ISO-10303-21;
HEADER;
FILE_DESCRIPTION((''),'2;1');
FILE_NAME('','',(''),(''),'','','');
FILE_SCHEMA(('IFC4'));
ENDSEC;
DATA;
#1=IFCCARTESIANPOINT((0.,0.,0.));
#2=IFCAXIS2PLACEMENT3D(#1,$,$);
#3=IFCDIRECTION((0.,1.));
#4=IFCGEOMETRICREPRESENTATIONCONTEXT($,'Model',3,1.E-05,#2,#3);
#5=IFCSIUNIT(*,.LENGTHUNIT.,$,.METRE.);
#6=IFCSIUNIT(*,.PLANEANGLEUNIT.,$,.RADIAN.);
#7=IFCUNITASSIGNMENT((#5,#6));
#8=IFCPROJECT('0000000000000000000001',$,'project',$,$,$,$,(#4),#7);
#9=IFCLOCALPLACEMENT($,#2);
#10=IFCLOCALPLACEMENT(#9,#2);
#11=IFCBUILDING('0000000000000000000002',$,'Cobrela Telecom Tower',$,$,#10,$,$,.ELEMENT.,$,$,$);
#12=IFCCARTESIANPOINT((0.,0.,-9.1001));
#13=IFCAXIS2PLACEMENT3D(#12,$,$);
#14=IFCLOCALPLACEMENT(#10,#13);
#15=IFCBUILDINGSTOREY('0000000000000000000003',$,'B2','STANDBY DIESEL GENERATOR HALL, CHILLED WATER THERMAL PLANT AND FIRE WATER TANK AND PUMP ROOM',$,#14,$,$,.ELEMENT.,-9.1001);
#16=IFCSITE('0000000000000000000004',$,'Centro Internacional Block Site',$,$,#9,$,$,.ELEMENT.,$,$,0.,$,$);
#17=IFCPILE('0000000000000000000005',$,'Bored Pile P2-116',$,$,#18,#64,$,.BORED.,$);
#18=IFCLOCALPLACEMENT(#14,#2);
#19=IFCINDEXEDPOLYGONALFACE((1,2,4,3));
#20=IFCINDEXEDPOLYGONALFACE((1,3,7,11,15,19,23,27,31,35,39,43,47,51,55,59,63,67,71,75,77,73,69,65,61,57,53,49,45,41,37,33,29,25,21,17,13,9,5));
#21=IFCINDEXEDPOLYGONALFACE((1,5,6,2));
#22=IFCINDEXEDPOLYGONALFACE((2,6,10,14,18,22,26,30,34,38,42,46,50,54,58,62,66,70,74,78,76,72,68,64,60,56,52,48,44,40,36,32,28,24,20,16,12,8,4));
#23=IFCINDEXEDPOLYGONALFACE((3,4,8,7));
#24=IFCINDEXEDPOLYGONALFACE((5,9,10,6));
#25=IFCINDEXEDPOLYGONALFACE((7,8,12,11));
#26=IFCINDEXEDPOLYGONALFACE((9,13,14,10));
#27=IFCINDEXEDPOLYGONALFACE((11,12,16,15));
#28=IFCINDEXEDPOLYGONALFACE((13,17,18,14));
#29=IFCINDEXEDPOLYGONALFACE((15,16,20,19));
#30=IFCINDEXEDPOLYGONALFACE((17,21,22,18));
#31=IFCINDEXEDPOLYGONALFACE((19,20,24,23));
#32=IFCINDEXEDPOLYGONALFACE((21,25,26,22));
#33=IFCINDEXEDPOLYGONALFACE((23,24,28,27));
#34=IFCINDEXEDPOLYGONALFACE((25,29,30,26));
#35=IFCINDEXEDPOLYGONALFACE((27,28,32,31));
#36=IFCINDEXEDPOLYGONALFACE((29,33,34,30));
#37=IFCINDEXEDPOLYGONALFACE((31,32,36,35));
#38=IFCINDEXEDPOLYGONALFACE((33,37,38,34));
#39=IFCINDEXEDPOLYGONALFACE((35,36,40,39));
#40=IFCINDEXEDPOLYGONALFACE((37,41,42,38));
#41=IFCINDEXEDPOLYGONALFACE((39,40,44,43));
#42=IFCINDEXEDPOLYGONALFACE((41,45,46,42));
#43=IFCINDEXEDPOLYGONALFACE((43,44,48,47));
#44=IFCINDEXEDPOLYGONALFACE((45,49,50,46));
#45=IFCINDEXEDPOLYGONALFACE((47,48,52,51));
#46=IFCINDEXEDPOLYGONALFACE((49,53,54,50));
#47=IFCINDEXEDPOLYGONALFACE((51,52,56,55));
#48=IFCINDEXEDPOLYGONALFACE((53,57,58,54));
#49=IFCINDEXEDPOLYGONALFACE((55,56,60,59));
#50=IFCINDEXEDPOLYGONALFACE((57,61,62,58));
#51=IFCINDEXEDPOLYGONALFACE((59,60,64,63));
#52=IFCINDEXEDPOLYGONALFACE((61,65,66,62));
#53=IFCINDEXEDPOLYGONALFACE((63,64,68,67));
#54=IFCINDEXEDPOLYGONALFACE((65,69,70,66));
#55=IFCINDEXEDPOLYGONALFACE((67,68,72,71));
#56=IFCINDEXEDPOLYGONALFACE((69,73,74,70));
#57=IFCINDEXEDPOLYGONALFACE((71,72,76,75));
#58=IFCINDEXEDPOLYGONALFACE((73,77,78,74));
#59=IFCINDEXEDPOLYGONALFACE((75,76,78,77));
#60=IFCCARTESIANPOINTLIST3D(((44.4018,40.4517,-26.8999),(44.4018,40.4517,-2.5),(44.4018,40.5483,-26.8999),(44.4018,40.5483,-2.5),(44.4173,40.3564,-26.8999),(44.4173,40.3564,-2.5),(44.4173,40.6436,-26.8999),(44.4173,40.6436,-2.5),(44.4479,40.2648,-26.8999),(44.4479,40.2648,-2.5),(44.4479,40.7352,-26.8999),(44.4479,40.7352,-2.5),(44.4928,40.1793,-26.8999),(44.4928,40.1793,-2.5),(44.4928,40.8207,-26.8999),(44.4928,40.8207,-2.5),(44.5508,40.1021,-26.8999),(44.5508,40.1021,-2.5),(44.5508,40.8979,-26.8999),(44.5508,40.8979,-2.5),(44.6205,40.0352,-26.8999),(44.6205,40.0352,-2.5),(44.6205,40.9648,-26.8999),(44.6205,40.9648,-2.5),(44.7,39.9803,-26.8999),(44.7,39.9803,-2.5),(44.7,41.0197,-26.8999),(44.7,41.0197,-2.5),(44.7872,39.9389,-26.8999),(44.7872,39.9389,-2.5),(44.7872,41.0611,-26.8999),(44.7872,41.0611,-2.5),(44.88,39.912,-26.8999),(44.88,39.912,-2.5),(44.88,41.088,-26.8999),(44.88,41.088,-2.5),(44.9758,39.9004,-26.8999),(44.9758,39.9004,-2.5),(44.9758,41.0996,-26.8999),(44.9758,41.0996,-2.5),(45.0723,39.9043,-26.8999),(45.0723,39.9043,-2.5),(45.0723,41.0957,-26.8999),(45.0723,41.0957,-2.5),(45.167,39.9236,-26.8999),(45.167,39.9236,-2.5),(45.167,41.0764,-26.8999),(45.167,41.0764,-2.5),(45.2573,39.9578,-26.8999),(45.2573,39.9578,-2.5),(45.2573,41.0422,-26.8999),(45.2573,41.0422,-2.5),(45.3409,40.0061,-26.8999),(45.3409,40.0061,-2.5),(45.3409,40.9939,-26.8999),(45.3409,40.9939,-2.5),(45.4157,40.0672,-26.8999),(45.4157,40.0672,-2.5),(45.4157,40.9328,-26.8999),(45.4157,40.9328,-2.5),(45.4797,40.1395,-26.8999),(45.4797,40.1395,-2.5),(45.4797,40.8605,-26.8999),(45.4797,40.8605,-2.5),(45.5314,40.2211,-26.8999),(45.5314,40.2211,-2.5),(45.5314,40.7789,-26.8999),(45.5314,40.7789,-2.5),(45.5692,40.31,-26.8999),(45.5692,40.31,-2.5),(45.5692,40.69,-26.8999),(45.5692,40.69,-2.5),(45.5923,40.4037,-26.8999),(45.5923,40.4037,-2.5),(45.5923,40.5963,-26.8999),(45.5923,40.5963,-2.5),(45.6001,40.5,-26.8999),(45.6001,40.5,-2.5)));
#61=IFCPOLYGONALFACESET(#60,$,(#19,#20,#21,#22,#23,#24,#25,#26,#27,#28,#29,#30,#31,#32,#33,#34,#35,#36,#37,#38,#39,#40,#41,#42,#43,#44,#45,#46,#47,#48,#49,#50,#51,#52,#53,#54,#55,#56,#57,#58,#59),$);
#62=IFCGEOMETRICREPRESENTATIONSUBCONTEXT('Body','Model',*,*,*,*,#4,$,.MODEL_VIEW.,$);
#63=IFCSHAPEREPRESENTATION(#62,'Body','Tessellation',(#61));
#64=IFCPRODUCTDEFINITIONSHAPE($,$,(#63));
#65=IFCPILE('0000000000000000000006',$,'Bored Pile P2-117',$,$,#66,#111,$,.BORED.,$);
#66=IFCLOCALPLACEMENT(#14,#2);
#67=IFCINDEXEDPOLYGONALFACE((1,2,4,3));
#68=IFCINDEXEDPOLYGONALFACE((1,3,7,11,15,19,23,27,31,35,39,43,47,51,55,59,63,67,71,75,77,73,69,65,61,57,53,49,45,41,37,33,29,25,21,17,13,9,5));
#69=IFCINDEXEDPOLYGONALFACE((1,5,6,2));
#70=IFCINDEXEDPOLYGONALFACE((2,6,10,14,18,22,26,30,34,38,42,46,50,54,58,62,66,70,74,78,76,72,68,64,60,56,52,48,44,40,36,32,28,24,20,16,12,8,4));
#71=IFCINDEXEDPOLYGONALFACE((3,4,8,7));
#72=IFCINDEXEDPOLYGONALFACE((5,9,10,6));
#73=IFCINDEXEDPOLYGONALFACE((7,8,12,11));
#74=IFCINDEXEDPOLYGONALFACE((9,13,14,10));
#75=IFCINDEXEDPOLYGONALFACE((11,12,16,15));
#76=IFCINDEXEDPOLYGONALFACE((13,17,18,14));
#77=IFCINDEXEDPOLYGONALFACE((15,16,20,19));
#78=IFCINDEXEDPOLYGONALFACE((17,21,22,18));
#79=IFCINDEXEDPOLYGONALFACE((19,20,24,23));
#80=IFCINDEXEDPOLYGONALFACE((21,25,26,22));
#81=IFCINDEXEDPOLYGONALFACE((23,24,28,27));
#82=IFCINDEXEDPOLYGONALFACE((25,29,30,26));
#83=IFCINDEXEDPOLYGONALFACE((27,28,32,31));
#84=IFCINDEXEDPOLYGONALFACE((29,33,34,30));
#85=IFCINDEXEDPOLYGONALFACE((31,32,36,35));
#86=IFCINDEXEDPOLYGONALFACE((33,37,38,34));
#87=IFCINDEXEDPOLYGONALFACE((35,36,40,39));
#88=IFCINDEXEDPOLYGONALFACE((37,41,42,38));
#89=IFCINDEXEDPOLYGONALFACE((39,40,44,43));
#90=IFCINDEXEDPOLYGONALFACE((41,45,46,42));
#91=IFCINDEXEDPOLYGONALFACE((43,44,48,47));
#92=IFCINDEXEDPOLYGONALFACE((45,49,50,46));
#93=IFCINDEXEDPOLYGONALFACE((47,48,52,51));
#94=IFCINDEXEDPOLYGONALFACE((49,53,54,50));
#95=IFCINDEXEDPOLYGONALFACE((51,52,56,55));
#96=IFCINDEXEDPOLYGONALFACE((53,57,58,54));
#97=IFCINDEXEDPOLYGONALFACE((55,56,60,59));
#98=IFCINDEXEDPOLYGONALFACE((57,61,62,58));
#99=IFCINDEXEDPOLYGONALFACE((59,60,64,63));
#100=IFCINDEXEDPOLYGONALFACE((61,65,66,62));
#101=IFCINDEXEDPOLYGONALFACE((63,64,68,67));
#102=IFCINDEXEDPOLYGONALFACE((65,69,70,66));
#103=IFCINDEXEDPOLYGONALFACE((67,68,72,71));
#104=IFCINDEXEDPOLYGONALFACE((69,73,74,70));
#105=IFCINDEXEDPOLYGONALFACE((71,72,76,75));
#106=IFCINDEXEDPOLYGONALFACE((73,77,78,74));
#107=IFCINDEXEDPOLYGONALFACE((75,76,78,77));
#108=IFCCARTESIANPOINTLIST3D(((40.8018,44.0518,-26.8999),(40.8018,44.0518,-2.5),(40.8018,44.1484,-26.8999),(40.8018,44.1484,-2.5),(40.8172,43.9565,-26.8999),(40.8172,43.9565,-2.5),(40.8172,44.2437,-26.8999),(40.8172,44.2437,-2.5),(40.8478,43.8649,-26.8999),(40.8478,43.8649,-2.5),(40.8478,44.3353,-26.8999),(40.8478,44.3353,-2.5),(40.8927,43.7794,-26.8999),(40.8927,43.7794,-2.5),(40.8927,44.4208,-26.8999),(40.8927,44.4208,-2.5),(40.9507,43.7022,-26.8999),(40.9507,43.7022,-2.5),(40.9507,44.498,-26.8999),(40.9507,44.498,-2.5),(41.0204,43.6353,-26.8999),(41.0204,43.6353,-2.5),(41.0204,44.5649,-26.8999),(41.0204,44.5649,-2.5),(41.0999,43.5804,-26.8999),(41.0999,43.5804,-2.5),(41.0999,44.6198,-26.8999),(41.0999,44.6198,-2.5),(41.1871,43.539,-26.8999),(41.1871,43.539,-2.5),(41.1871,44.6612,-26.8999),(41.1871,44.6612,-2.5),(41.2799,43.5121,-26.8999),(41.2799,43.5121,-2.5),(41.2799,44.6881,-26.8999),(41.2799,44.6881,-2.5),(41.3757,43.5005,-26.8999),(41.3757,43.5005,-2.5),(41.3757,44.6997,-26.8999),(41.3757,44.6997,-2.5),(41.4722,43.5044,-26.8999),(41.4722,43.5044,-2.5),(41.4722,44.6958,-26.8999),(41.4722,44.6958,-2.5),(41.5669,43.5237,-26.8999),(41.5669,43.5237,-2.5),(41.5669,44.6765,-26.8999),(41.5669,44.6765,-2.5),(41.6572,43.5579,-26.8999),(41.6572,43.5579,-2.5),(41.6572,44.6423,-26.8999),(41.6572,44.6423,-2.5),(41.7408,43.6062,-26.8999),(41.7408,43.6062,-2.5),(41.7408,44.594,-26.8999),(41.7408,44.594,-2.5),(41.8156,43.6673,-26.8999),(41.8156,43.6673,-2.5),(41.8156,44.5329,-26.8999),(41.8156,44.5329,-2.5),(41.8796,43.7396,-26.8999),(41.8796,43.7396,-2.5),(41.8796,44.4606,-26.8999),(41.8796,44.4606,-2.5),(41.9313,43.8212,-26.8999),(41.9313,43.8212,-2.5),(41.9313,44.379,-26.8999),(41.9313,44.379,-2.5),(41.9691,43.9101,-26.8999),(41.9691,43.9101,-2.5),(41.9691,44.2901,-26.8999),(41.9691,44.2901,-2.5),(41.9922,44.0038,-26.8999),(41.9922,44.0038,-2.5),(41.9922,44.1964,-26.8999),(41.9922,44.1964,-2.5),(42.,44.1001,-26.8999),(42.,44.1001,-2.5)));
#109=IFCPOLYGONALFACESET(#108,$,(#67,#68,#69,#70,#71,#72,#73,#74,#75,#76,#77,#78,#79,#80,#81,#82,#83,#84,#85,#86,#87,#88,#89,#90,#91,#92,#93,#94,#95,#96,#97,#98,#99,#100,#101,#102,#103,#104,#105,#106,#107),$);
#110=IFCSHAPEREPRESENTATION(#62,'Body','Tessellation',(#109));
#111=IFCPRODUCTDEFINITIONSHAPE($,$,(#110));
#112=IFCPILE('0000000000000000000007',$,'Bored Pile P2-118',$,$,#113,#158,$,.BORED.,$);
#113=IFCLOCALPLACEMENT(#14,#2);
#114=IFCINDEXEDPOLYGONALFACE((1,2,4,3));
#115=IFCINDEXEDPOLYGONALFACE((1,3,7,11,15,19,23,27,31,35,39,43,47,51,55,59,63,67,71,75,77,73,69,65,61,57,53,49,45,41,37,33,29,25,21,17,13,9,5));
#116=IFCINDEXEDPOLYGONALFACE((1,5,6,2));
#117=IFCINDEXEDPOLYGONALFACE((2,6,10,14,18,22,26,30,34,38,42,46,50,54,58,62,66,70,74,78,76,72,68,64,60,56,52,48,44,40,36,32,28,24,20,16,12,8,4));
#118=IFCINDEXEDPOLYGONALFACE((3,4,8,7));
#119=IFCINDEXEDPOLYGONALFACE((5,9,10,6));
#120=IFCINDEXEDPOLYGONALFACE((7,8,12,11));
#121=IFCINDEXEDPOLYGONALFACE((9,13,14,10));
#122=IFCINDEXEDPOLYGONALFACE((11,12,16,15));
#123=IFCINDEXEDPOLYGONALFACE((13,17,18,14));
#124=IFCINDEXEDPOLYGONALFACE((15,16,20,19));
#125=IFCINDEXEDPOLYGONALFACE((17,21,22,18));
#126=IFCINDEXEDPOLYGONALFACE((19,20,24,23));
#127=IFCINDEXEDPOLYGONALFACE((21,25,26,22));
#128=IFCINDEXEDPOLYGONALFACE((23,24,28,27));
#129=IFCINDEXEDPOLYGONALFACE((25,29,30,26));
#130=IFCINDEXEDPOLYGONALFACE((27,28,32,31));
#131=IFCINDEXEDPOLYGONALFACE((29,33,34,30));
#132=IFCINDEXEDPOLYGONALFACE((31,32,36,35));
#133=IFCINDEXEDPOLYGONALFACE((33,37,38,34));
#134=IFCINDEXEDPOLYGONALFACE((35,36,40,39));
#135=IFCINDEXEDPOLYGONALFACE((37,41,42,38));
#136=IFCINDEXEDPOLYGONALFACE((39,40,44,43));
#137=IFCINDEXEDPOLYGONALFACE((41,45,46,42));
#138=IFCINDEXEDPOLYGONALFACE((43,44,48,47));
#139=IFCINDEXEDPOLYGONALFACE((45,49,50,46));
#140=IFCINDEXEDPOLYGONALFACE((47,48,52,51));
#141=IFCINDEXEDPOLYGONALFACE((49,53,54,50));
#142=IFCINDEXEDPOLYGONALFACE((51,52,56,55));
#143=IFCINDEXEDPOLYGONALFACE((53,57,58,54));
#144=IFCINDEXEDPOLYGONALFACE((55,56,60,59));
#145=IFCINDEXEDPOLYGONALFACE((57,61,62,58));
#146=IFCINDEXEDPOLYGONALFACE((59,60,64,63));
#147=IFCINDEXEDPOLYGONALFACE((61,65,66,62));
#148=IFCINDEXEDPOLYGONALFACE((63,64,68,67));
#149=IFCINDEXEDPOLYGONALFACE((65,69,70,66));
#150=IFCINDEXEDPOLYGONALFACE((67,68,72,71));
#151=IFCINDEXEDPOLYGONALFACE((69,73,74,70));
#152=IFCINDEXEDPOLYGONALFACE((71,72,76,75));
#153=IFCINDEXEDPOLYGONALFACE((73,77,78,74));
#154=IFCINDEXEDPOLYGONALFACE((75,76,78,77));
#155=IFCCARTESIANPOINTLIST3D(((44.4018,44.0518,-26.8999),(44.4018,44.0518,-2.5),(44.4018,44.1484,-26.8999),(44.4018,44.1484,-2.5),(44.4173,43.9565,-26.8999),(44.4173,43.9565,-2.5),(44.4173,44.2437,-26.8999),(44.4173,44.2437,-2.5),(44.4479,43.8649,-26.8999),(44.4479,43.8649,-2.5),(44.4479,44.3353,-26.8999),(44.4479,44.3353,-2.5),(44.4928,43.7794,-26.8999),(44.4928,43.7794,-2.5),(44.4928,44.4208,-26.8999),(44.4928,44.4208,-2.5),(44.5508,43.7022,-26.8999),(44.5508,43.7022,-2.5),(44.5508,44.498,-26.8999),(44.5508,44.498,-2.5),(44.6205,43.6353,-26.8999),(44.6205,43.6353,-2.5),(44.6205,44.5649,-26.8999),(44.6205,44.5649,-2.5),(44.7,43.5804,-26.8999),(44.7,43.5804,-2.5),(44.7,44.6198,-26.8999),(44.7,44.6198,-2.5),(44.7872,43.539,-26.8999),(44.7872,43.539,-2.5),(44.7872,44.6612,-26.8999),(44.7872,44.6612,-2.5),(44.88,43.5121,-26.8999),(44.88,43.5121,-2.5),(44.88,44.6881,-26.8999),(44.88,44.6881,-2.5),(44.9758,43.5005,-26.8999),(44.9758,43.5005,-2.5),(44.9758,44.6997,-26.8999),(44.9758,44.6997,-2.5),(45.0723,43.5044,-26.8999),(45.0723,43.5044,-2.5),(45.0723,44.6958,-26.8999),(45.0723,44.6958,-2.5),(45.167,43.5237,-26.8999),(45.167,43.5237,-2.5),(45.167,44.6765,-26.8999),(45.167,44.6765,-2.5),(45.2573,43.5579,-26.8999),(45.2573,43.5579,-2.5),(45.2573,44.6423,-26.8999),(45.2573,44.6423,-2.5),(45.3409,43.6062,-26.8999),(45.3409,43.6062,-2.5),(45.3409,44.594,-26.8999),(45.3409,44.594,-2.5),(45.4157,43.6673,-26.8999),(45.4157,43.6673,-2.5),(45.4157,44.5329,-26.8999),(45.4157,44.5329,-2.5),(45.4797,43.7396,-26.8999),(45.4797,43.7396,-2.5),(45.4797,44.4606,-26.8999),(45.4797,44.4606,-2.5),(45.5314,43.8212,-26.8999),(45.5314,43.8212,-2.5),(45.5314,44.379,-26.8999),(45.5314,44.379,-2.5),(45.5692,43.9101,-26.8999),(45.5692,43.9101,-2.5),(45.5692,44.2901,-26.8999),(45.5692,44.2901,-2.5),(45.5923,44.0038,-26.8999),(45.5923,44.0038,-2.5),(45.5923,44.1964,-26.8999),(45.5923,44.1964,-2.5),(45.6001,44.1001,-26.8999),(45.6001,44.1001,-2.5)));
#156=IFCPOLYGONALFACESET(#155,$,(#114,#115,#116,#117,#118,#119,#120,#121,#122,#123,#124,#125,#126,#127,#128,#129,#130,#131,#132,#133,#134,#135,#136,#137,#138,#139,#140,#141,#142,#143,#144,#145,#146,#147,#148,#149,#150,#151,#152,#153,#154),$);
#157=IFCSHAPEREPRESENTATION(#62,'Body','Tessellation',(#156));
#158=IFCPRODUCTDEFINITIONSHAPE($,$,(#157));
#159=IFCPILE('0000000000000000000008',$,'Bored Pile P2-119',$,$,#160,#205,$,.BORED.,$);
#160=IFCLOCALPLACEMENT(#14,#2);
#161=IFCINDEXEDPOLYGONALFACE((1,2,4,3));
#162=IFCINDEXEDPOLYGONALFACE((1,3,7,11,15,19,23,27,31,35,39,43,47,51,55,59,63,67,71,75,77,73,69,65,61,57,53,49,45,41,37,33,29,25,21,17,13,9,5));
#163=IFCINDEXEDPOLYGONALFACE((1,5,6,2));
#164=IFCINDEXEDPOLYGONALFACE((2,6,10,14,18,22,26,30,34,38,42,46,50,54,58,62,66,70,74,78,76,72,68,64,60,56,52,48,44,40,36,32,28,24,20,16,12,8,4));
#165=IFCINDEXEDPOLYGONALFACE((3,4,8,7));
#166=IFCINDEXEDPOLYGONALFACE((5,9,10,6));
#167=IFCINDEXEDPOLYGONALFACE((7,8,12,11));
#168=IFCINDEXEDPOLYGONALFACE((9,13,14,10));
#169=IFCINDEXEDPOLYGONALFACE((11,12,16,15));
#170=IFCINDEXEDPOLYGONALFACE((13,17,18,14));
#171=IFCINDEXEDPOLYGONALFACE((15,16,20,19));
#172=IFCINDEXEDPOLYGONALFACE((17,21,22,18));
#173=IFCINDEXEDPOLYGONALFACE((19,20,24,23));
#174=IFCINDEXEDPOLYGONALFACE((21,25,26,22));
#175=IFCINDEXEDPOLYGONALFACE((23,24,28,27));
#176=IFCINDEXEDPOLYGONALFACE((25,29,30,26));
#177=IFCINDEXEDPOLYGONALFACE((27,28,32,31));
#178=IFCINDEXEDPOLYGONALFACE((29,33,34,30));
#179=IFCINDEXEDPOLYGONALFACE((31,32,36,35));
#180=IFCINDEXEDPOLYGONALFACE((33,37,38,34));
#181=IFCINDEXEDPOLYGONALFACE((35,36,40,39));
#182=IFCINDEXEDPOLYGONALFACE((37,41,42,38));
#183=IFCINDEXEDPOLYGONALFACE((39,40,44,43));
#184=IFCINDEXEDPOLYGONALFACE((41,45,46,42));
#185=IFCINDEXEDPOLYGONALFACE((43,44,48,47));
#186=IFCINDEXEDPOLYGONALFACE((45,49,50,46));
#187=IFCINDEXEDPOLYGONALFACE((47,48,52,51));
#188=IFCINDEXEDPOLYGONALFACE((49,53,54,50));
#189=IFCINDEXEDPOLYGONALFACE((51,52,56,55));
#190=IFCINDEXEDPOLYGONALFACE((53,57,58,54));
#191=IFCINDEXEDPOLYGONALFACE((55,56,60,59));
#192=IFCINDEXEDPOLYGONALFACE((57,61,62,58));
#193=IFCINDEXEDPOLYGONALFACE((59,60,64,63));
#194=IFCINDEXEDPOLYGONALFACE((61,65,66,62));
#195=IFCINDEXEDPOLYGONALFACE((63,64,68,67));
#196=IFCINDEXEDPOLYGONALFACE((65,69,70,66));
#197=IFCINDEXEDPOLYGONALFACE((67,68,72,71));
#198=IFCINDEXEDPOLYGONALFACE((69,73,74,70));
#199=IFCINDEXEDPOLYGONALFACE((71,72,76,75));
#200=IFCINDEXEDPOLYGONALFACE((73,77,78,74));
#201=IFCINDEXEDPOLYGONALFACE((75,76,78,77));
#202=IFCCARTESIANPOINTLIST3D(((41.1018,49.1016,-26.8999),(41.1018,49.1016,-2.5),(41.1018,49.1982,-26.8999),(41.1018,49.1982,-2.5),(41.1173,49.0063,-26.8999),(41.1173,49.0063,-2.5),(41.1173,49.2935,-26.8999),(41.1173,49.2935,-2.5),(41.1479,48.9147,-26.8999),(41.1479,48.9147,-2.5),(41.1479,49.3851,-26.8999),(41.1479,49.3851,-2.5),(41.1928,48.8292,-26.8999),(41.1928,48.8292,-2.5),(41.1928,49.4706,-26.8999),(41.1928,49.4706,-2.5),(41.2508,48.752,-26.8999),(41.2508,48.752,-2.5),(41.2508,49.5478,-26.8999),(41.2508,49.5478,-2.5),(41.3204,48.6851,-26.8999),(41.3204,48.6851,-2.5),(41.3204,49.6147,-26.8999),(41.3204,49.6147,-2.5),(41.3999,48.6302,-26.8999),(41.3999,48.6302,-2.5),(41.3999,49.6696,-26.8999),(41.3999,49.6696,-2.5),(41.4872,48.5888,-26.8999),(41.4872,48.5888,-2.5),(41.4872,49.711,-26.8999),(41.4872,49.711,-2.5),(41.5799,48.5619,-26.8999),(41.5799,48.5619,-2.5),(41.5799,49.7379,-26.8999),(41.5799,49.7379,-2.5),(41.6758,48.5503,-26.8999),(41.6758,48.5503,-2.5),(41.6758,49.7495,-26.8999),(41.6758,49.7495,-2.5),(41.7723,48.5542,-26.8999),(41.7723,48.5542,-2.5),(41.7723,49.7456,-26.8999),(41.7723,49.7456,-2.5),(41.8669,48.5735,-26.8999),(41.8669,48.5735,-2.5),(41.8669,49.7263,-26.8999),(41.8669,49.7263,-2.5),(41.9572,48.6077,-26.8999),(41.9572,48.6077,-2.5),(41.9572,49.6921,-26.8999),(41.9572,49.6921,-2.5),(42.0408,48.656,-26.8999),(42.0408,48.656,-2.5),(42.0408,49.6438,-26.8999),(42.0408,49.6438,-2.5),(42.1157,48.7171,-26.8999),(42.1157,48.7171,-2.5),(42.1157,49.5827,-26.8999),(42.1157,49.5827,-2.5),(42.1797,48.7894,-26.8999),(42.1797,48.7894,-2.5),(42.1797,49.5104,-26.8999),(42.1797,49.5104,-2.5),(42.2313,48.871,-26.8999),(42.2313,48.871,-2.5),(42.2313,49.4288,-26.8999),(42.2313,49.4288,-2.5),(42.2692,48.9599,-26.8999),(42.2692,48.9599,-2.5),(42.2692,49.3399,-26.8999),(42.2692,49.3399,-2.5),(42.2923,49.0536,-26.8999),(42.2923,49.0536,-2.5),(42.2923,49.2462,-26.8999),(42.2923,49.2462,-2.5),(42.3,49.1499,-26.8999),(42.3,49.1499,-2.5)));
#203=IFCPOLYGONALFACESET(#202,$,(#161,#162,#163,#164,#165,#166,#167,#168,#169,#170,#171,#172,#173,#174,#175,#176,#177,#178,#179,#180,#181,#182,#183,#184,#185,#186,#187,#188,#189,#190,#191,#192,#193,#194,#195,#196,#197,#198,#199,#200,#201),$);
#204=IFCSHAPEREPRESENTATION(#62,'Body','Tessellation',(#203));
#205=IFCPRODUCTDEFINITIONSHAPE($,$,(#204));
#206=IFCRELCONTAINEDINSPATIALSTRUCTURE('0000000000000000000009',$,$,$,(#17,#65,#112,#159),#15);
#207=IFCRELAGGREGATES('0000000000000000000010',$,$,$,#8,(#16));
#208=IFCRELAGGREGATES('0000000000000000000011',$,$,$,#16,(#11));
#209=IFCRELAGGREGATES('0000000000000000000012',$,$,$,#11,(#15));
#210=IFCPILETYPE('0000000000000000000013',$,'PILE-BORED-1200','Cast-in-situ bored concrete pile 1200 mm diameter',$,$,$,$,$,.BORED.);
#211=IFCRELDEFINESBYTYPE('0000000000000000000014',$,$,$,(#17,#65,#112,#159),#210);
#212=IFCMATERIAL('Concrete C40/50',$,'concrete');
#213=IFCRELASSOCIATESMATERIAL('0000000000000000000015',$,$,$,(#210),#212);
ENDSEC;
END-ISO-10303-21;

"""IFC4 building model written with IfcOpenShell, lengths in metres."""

from ifc_helpers import new_model, si_unit, direction, frame, origin, origin_2d, place, context, subcontext, project, spatial, circle, extrude, material, material_profile, profile_set, type_object, element, save


model = new_model("IFC4")

# Units and contexts
model_context = context("Model", 3, precision=1e-05, world=origin(), true_north=direction((0.0, 1.0)))
body_context = subcontext(model_context, "Body", "Model", "MODEL_VIEW")
ifc_project = project(units=[si_unit("LENGTHUNIT", "METRE"), si_unit("PLANEANGLEUNIT", "RADIAN")], contexts=[model_context])

# Site, building, storey
site_placement = place(None, origin())
site = spatial("IfcSite", under=ifc_project, at=site_placement, Name="Centro Internacional Block Site", CompositionType="ELEMENT", RefElevation=0.0)
building_placement = place(site_placement, origin())
building = spatial("IfcBuilding", under=site, at=building_placement, Name="Cobrela Telecom Tower", CompositionType="ELEMENT")
storey_placement = place(building_placement, frame((0.0, 0.0, -9.1001)))
storey = spatial("IfcBuildingStorey", under=building, at=storey_placement, Name="B2", Description="STANDBY DIESEL GENERATOR HALL, CHILLED WATER THERMAL PLANT AND FIRE WATER TANK AND PUMP ROOM", CompositionType="ELEMENT", Elevation=-9.1001)

# Shared definitions
ifc_material_1 = material(Name="Concrete C40/50", Category="concrete")

# Piles
ifc_material_profile_1 = material_profile(ifc_material_1, circle(Radius=0.6001, at=origin_2d()), Name="BORED PILE D1200")
ifc_profile_set_1 = profile_set([ifc_material_profile_1], Name="Concrete C40/50")
pile_type = type_object("IfcPileType", Name="PILE-BORED-1200", Description="Cast-in-situ bored concrete pile 1200 mm diameter", PredefinedType="BORED", material=ifc_profile_set_1)
for number, where, z_axis, x_axis, name in (
    (1, (45.0, 40.5, -2.5), (0.0, 0.0, -1.0), (1.0, 0.0, 0.0), "Bored Pile P2-116"),
    (2, (41.3999, 44.1001, -2.5), (0.0, 0.0, -1.0), (1.0, 0.0, 0.0), "Bored Pile P2-117"),
    (3, (45.0, 44.1001, -2.5), (0.0, 0.0, -1.0), (1.0, 0.0, 0.0), "Bored Pile P2-118"),
    (4, (41.7, 49.1499, -2.5), (0.0, 0.0, -1.0), (1.0, 0.0, 0.0), "Bored Pile P2-119"),
):
    element("IfcPile", number, at=place(storey_placement, frame(where, z_axis=z_axis, x_axis=x_axis)), inside=storey, type_object=pile_type, Name=name, PredefinedType="BORED", context=body_context, shape_type="SweptSolid", body=[
        extrude(circle(Radius=0.6001, at=origin_2d()), origin(), (0.0, 0.0, 1.0), 24.3999),
    ])

save(model, "model.ifc")
